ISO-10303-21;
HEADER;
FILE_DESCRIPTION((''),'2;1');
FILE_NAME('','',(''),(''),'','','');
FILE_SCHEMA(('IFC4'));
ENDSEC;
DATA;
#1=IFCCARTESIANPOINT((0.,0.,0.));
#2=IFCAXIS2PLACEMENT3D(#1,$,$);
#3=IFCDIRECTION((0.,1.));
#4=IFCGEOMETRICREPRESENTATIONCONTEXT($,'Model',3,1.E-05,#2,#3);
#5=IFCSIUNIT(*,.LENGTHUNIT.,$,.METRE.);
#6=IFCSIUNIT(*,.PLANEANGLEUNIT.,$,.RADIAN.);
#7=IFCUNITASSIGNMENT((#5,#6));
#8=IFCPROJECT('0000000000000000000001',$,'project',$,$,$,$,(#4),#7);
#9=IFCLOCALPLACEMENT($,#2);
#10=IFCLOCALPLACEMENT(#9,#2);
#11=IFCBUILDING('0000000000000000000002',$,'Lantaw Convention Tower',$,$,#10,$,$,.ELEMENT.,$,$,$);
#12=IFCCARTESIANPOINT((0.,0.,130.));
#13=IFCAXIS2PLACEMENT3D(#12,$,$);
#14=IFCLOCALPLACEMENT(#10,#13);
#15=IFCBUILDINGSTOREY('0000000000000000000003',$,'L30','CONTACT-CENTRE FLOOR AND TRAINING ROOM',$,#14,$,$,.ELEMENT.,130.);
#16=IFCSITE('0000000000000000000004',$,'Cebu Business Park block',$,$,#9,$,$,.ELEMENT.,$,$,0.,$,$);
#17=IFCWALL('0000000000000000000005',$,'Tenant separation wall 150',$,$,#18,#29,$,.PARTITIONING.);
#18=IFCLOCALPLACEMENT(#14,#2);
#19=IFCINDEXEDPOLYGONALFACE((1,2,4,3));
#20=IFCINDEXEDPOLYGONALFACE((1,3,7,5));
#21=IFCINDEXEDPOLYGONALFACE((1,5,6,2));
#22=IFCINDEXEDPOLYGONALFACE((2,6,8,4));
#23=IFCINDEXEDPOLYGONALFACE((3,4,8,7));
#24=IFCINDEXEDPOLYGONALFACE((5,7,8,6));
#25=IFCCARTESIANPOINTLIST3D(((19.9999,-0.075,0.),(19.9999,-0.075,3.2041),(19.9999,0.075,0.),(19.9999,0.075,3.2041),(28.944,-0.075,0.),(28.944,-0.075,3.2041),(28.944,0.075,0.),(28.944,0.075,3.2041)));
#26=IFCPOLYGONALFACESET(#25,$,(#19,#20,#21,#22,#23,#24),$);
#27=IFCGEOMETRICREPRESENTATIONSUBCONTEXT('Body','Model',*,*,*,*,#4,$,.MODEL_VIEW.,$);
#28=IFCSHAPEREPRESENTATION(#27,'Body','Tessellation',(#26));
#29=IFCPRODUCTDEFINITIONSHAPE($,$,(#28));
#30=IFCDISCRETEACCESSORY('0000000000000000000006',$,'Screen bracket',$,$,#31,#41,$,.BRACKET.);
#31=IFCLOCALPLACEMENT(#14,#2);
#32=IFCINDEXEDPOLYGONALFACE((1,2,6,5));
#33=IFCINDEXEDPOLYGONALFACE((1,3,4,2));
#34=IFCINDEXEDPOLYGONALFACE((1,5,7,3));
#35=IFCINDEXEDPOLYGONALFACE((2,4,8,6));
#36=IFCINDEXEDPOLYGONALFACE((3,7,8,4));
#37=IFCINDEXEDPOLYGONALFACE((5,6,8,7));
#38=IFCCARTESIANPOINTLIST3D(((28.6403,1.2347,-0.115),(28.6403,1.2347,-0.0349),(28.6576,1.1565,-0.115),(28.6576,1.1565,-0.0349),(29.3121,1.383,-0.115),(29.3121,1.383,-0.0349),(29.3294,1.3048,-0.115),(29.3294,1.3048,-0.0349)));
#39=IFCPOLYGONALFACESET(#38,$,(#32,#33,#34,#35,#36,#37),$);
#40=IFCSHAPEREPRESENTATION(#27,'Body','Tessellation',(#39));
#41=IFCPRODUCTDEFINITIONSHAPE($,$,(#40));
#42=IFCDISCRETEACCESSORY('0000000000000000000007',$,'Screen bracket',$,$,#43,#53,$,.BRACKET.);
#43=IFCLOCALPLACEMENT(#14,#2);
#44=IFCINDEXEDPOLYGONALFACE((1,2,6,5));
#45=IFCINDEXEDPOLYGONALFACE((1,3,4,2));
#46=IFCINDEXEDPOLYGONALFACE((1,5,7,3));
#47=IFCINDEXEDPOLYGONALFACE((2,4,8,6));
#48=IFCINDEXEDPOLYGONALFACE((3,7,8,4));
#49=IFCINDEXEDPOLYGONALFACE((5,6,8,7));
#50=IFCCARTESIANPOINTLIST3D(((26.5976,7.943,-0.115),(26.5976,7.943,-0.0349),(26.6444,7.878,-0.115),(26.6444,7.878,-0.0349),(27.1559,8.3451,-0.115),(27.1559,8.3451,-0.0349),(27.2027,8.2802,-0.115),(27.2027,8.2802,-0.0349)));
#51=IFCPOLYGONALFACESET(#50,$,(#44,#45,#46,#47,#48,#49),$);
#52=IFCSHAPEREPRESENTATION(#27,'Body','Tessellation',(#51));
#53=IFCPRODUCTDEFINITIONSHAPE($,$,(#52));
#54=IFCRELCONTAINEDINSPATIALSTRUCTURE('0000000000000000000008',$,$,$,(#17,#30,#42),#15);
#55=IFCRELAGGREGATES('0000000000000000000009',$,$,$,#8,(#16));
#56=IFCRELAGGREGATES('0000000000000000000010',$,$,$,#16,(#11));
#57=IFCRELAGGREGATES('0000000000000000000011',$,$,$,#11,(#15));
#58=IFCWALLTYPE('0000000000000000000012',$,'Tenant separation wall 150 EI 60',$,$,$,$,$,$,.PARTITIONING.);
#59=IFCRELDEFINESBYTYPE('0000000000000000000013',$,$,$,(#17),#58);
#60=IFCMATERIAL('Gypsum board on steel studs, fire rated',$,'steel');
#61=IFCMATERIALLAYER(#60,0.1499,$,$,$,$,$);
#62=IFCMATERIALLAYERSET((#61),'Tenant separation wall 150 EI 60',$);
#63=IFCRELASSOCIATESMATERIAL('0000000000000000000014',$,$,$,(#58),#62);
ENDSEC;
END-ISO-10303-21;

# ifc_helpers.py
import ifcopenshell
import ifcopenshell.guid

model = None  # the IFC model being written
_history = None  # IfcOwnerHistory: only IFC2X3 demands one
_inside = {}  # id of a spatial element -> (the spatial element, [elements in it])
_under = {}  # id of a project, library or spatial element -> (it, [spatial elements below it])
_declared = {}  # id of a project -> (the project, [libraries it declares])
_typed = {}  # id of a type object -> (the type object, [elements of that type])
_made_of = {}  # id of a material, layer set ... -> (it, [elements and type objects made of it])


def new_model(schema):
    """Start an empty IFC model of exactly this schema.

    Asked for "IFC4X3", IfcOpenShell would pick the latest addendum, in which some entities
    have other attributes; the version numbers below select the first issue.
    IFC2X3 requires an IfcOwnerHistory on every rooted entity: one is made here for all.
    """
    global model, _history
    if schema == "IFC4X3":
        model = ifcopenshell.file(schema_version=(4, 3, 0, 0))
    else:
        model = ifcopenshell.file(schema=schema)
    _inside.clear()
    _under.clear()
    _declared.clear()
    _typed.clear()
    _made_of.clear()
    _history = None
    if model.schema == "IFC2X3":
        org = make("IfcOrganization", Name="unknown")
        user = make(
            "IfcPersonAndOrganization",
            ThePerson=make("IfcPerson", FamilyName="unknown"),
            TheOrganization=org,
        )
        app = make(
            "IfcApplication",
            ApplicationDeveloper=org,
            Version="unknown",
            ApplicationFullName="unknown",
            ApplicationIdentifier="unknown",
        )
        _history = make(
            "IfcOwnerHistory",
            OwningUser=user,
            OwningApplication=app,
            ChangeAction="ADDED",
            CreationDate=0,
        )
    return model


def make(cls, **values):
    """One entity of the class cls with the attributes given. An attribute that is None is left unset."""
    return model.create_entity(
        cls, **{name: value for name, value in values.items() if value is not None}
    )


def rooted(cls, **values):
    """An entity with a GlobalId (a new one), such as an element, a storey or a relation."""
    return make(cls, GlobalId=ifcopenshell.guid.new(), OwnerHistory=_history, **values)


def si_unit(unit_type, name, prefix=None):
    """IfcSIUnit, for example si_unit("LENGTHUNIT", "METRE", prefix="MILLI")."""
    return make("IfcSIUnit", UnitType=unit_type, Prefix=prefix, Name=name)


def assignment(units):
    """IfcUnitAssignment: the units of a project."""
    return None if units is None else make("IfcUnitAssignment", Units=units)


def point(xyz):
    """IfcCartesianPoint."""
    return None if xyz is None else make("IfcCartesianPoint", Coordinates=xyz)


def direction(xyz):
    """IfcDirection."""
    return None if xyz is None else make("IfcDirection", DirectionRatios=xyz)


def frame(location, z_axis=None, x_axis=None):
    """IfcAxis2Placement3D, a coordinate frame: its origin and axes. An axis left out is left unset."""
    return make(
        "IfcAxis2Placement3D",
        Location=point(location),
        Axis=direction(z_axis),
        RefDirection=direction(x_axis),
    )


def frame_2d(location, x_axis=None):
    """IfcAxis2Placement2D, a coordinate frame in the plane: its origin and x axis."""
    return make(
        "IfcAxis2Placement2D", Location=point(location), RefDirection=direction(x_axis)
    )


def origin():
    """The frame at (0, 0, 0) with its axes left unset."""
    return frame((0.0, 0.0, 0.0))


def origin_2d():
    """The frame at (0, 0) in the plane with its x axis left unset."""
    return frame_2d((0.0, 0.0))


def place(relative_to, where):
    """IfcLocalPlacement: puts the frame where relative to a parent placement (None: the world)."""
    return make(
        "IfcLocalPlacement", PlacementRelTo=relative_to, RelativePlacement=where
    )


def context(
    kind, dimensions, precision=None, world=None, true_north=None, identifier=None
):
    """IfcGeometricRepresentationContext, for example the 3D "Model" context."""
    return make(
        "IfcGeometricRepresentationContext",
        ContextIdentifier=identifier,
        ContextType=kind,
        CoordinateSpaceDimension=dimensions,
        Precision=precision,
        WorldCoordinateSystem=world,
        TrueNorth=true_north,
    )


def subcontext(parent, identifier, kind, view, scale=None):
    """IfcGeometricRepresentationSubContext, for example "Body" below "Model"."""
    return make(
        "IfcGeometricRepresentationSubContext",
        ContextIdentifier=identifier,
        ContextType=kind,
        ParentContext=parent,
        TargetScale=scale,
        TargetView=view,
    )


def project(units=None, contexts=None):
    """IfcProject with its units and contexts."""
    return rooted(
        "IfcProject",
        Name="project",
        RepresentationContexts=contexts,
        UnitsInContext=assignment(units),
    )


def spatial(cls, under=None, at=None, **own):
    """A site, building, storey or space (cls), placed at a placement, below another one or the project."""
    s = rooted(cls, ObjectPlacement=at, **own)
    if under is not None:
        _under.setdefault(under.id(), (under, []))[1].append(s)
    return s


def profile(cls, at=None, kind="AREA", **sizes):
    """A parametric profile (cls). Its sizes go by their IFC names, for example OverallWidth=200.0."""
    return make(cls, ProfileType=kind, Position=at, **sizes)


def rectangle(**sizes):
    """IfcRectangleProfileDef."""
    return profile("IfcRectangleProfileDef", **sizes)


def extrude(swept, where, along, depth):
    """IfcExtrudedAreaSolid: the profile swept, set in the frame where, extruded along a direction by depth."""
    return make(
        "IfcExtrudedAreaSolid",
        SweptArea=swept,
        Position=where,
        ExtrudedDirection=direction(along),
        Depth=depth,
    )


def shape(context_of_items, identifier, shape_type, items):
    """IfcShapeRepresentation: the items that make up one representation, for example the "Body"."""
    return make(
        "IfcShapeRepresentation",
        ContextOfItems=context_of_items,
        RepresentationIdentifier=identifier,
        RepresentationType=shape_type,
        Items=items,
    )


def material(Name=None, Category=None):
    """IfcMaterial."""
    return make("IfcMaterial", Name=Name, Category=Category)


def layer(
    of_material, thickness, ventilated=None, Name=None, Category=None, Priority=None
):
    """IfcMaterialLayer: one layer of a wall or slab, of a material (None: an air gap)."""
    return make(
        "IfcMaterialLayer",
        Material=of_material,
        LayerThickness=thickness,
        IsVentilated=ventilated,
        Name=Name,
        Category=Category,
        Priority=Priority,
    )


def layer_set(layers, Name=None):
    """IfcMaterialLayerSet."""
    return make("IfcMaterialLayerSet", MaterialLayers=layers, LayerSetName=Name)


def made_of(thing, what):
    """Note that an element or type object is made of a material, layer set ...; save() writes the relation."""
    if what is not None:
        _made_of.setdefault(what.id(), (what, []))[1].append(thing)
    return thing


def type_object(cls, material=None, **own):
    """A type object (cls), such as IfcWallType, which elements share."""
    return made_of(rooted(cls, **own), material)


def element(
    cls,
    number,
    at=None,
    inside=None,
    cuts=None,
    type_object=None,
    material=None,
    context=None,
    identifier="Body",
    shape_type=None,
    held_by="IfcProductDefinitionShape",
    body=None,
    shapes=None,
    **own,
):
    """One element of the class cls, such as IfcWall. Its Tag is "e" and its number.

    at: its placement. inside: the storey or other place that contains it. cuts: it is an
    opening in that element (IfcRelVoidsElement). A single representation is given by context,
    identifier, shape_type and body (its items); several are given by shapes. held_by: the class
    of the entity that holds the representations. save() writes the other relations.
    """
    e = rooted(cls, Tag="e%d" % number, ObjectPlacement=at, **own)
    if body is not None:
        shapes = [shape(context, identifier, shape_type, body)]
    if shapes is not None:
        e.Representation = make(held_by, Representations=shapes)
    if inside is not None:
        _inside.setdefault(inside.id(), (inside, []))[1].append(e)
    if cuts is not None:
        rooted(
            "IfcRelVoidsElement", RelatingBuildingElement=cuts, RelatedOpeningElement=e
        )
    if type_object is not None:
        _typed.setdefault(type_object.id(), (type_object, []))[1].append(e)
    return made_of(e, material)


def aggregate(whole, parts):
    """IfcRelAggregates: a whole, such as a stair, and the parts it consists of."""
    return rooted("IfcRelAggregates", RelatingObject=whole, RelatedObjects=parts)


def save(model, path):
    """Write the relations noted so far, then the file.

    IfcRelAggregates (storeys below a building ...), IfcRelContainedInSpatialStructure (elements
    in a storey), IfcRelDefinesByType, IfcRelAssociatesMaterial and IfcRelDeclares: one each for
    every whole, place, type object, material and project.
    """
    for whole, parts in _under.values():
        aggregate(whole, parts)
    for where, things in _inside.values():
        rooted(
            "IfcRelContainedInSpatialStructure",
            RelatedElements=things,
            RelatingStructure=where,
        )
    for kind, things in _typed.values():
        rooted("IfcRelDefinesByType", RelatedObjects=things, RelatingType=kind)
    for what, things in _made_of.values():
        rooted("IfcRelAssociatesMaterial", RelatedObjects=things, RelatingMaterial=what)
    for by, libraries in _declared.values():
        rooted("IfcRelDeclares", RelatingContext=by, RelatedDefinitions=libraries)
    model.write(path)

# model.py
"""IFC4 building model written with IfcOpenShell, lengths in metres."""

from ifc_helpers import new_model, si_unit, direction, frame, frame_2d, origin, origin_2d, place, context, subcontext, project, spatial, rectangle, extrude, material, layer, layer_set, type_object, element, save


model = new_model("IFC4")

# Units and contexts
model_context = context("Model", 3, precision=1e-05, world=origin(), true_north=direction((0.0, 1.0)))
body_context = subcontext(model_context, "Body", "Model", "MODEL_VIEW")
ifc_project = project(units=[si_unit("LENGTHUNIT", "METRE"), si_unit("PLANEANGLEUNIT", "RADIAN")], contexts=[model_context])

# Site, building, storey
site_placement = place(None, origin())
site = spatial("IfcSite", under=ifc_project, at=site_placement, Name="Cebu Business Park block", CompositionType="ELEMENT", RefElevation=0.0)
building_placement = place(site_placement, origin())
building = spatial("IfcBuilding", under=site, at=building_placement, Name="Lantaw Convention Tower", CompositionType="ELEMENT")
storey_placement = place(building_placement, frame((0.0, 0.0, 130.0)))
storey = spatial("IfcBuildingStorey", under=building, at=storey_placement, Name="L30", Description="CONTACT-CENTRE FLOOR AND TRAINING ROOM", CompositionType="ELEMENT", Elevation=130.0)

# Wall
ifc_material_1 = material(Name="Gypsum board on steel studs, fire rated", Category="steel")
ifc_layer_1 = layer(ifc_material_1, 0.1499)
ifc_layer_set_1 = layer_set([ifc_layer_1], Name="Tenant separation wall 150 EI 60")
wall_type_1 = type_object("IfcWallType", Name="Tenant separation wall 150 EI 60", PredefinedType="PARTITIONING", material=ifc_layer_set_1)
wall_1_placement = place(storey_placement, frame((28.9441, 0.0, 0.0), z_axis=(0.0, 0.0, 1.0), x_axis=(-1.0, 0.0, 0.0)))
element("IfcWall", 1, at=wall_1_placement, inside=storey, type_object=wall_type_1, Name="Tenant separation wall 150", PredefinedType="PARTITIONING", context=body_context, shape_type="SweptSolid", body=[
    extrude(rectangle(XDim=8.9441, YDim=0.1499, at=frame_2d((4.4722, 0.0))), origin(), (0.0, 0.0, 1.0), 3.2041),
])

# Discrete accessories
for number, where, z_axis, x_axis, name in (
    (2, (28.9849, 1.2698, -0.115), (0.0, 0.0, 1.0), (-0.215546, 0.976494, 0.0), "Screen bracket"),
    (3, (26.9001, 8.1116, -0.115), (0.0, 0.0, 1.0), (-0.584513, 0.811385, 0.0), "Screen bracket"),
):
    element("IfcDiscreteAccessory", number, at=place(storey_placement, frame(where, z_axis=z_axis, x_axis=x_axis)), inside=storey, Name=name, PredefinedType="BRACKET", context=body_context, shape_type="SweptSolid", body=[
        extrude(rectangle(XDim=0.0801, YDim=0.688, at=origin_2d()), origin(), (0.0, 0.0, 1.0), 0.0801),
    ])

save(model, "model.ifc")
